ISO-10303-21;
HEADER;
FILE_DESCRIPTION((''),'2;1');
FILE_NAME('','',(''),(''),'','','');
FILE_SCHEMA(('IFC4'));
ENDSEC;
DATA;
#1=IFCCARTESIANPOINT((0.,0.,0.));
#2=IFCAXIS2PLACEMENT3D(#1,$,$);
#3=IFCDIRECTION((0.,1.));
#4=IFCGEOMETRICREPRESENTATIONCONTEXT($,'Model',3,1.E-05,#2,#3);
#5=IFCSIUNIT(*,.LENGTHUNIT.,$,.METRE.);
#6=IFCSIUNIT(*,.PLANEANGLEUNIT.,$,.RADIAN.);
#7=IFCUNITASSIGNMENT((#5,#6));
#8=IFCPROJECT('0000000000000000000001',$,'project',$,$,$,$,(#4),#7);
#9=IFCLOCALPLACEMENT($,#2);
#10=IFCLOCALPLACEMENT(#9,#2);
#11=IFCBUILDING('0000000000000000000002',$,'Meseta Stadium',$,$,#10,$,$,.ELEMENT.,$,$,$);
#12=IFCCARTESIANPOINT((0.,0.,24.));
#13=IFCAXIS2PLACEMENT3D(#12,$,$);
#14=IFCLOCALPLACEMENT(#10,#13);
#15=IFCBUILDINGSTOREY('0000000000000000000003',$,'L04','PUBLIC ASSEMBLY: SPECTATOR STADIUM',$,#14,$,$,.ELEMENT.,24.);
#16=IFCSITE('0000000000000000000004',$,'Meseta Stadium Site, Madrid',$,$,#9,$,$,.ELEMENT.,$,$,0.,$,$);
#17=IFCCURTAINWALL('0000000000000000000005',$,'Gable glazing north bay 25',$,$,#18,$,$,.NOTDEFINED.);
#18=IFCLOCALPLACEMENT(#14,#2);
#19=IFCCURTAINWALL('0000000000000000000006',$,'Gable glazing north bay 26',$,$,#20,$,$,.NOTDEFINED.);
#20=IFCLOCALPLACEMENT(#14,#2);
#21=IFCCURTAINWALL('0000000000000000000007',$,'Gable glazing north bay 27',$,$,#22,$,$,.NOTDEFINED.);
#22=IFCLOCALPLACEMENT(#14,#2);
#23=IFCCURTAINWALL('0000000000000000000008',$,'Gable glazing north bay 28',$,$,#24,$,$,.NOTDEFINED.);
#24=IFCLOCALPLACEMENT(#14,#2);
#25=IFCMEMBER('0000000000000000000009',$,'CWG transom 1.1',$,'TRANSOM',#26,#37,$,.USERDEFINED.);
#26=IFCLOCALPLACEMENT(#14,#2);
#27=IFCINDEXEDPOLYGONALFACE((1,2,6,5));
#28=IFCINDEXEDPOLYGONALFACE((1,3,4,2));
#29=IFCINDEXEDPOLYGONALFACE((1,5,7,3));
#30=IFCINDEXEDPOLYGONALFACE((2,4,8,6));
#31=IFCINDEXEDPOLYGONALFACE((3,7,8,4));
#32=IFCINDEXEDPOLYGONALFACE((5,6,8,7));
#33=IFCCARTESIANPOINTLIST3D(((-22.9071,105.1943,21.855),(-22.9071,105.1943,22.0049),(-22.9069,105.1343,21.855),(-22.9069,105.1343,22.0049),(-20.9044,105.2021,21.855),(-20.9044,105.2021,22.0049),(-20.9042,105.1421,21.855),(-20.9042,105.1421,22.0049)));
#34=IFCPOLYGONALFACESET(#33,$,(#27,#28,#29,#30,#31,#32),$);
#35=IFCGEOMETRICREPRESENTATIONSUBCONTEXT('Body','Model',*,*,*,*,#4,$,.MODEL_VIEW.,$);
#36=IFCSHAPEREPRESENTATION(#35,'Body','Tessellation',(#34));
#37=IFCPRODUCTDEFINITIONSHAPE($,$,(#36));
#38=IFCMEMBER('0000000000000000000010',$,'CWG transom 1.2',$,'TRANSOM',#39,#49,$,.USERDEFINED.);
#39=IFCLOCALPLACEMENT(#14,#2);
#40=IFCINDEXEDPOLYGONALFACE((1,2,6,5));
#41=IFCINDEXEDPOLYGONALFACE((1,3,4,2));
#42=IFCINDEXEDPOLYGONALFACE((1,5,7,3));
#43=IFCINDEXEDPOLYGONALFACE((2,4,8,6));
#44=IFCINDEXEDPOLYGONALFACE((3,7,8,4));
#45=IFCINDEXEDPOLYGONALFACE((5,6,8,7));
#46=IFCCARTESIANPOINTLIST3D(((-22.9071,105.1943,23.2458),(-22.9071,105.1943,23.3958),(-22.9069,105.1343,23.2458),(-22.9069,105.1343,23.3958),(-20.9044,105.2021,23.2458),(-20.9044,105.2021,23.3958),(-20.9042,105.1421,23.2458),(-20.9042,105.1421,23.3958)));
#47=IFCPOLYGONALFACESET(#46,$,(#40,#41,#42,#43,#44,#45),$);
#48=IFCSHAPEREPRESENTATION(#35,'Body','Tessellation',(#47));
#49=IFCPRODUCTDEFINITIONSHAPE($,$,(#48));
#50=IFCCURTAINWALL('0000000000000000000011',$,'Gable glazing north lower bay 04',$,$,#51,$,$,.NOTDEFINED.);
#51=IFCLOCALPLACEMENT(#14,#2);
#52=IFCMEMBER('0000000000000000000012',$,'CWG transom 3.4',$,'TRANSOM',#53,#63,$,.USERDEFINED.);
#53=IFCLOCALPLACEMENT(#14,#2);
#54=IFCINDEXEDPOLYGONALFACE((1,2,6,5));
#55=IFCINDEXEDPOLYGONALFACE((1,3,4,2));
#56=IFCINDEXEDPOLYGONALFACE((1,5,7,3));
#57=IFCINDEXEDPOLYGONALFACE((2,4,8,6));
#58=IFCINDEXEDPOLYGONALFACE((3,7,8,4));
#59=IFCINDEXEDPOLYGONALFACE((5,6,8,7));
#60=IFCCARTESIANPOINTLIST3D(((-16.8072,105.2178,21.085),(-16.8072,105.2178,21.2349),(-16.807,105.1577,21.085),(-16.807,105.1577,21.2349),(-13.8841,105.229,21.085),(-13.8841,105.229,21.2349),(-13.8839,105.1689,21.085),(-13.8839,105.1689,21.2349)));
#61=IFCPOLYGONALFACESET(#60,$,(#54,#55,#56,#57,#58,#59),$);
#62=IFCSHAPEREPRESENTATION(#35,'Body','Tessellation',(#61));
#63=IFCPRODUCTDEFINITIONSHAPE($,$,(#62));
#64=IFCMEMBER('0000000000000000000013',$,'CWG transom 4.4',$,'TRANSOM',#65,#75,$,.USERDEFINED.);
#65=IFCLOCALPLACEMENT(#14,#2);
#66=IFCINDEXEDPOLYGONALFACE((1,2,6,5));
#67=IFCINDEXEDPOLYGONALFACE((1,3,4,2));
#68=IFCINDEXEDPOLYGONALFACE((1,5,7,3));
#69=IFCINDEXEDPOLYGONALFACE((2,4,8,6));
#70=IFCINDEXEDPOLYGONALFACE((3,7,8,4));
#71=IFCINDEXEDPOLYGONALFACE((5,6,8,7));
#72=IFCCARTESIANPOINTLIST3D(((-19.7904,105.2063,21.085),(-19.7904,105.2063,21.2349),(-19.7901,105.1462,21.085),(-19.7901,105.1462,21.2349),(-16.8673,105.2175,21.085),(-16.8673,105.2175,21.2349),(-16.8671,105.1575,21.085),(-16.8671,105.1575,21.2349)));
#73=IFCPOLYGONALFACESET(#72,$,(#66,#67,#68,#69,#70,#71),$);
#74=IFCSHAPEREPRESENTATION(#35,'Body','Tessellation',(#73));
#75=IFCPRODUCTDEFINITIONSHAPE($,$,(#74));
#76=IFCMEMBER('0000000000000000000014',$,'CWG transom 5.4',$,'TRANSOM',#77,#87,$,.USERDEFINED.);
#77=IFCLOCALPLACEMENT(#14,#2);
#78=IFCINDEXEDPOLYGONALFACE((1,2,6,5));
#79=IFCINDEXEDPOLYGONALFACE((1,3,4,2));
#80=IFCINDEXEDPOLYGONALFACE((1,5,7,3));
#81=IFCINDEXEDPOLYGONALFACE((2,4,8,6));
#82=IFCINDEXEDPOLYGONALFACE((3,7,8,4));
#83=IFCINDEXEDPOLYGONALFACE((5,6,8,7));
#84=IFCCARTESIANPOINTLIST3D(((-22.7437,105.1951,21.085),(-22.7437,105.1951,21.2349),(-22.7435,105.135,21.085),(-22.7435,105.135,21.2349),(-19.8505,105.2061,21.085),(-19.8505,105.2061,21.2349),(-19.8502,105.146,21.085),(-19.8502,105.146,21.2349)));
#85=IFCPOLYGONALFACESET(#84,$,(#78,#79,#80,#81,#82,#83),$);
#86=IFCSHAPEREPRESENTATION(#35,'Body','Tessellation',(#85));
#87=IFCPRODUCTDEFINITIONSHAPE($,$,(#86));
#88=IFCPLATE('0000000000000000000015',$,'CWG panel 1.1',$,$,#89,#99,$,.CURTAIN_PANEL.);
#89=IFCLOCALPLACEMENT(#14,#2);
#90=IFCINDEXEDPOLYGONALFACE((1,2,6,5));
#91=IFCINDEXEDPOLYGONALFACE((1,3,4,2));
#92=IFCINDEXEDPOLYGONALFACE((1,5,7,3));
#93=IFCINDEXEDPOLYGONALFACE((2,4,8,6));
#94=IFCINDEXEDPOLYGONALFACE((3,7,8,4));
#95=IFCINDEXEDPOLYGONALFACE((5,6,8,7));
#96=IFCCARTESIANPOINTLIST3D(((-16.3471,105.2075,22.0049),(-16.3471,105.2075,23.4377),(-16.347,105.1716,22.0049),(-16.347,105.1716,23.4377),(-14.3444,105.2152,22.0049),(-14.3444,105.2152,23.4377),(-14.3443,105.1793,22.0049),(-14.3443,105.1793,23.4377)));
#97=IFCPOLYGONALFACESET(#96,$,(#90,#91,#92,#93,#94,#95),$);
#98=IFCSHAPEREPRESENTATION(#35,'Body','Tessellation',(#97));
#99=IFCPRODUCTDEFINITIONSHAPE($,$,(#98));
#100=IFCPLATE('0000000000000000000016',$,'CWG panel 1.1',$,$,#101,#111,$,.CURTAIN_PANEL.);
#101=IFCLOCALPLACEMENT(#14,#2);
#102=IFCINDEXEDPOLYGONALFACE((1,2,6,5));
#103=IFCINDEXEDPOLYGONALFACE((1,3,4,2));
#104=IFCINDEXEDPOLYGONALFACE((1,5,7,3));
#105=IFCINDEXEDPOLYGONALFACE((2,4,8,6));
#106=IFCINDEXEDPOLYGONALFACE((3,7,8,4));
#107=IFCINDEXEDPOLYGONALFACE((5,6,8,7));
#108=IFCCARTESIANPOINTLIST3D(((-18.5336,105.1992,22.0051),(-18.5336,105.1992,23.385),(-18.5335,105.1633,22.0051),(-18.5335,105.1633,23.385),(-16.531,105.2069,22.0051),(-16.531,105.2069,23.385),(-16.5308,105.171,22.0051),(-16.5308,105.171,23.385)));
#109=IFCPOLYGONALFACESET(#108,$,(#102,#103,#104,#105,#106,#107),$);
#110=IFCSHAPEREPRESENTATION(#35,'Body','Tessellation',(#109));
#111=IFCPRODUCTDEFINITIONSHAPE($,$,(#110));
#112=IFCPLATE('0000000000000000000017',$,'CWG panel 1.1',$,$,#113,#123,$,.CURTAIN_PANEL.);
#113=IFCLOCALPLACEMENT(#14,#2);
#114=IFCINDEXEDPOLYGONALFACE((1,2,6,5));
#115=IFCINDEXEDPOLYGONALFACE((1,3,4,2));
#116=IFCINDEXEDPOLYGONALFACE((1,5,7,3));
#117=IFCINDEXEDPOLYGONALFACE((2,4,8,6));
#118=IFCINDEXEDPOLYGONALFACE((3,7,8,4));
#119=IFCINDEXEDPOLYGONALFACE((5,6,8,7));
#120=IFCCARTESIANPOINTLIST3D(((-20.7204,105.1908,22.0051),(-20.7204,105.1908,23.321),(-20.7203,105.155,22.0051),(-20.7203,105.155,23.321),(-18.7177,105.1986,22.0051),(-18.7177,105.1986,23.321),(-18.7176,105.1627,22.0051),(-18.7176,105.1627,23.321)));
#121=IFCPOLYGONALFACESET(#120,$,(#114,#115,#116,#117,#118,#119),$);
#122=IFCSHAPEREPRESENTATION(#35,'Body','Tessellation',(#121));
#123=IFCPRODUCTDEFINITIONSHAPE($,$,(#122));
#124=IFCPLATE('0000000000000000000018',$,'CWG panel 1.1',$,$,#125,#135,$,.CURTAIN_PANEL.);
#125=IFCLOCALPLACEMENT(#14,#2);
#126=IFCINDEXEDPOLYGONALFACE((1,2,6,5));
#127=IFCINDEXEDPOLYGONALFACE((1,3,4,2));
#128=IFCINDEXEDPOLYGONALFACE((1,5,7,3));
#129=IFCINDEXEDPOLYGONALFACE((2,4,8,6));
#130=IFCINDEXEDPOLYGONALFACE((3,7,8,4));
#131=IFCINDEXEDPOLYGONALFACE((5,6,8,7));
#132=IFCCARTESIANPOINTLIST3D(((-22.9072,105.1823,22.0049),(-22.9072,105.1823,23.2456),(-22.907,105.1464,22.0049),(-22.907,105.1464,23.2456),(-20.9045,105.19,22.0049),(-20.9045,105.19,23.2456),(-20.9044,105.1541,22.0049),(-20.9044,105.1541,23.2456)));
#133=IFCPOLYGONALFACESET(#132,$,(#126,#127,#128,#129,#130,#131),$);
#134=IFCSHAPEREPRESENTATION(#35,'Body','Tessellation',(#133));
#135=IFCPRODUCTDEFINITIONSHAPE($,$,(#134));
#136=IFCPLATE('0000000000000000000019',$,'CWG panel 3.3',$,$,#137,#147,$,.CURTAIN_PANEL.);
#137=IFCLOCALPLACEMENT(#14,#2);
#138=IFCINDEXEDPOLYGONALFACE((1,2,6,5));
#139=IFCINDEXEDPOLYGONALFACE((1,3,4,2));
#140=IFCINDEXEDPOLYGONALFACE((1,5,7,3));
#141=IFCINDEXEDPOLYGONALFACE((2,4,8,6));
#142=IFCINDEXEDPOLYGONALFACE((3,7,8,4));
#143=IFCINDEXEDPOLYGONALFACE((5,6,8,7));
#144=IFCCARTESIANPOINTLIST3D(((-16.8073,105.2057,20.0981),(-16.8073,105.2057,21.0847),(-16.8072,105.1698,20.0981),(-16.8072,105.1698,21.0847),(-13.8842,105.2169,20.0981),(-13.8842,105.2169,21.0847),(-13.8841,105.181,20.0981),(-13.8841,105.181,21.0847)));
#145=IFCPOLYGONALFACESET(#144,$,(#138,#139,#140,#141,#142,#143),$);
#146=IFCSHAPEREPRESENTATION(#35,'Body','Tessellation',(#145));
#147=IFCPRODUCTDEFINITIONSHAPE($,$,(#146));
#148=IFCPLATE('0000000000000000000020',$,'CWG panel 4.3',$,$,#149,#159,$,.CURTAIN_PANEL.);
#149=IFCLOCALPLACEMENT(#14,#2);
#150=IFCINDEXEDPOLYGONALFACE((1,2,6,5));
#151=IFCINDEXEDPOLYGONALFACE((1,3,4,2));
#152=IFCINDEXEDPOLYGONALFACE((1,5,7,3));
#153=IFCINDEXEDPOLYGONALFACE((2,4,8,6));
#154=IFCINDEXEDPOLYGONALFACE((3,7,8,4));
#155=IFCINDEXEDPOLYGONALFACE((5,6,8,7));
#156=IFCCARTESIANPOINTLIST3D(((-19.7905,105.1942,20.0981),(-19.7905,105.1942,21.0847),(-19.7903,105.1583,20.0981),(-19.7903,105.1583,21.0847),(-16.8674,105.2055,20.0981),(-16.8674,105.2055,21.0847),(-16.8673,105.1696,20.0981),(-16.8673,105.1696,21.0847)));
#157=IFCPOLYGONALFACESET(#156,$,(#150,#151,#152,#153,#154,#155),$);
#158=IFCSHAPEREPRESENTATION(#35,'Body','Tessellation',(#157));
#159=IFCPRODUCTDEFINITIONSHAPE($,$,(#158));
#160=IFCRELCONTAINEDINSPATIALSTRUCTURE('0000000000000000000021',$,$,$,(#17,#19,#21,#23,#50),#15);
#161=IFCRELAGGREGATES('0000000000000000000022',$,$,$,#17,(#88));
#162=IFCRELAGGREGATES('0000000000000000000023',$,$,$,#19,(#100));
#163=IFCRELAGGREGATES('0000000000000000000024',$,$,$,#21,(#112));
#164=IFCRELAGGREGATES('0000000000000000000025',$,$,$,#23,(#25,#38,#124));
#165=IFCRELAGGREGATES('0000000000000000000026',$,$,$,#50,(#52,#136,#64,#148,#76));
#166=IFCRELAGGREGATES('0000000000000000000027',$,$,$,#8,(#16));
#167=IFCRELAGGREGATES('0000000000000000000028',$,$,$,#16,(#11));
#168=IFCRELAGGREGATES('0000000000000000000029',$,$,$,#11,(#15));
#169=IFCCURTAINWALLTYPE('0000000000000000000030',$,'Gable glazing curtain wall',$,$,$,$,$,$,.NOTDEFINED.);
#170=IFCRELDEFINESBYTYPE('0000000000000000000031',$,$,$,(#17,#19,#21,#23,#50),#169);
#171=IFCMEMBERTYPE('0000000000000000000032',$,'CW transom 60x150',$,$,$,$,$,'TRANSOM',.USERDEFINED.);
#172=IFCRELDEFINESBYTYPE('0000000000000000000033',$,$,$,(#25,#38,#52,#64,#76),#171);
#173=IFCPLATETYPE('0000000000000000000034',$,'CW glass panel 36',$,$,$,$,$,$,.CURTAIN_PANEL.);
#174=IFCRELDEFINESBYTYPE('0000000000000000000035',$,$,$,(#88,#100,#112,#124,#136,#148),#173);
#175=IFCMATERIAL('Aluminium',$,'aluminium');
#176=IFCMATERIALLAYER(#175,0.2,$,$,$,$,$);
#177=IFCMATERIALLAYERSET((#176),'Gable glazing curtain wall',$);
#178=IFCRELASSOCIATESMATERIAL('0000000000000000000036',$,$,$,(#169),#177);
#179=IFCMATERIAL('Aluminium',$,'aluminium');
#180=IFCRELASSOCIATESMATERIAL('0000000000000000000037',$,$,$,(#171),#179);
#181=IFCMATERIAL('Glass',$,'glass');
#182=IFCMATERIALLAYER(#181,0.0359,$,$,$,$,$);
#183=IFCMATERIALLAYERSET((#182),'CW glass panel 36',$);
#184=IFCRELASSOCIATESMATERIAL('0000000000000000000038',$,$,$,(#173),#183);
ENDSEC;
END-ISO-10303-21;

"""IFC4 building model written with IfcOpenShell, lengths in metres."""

from ifc_helpers import new_model, si_unit, direction, frame, origin, origin_2d, place, context, subcontext, project, spatial, rectangle, extrude, material, layer, layer_set, material_profile, profile_set, type_object, element, aggregate, save


model = new_model("IFC4")

# Units and contexts
model_context = context("Model", 3, precision=1e-05, world=origin(), true_north=direction((0.0, 1.0)))
body_context = subcontext(model_context, "Body", "Model", "MODEL_VIEW")
ifc_project = project(units=[si_unit("LENGTHUNIT", "METRE"), si_unit("PLANEANGLEUNIT", "RADIAN")], contexts=[model_context])

# Site, building, storey
site_placement = place(None, origin())
site = spatial("IfcSite", under=ifc_project, at=site_placement, Name="Meseta Stadium Site, Madrid", CompositionType="ELEMENT", RefElevation=0.0)
building_placement = place(site_placement, origin())
building = spatial("IfcBuilding", under=site, at=building_placement, Name="Meseta Stadium", CompositionType="ELEMENT")
storey_placement = place(building_placement, frame((0.0, 0.0, 24.0)))
storey = spatial("IfcBuildingStorey", under=building, at=storey_placement, Name="L04", Description="PUBLIC ASSEMBLY: SPECTATOR STADIUM", CompositionType="ELEMENT", Elevation=24.0)

# Shared definitions
ifc_material_1 = material(Name="Aluminium", Category="aluminium")
ifc_layer_1 = layer(ifc_material_1, 0.2)
ifc_layer_set_1 = layer_set([ifc_layer_1], Name="Gable glazing curtain wall")
curtain_wall_type = type_object("IfcCurtainWallType", Name="Gable glazing curtain wall", PredefinedType="NOTDEFINED", material=ifc_layer_set_1)

# Curtain walls
curtain_wall_1_placement = place(storey_placement, origin())
curtain_wall_1 = element("IfcCurtainWall", 1, at=curtain_wall_1_placement, inside=storey, type_object=curtain_wall_type, Name="Gable glazing north bay 25", PredefinedType="NOTDEFINED")
curtain_wall_2_placement = place(storey_placement, origin())
curtain_wall_2 = element("IfcCurtainWall", 2, at=curtain_wall_2_placement, inside=storey, type_object=curtain_wall_type, Name="Gable glazing north bay 26", PredefinedType="NOTDEFINED")
curtain_wall_3_placement = place(storey_placement, origin())
curtain_wall_3 = element("IfcCurtainWall", 3, at=curtain_wall_3_placement, inside=storey, type_object=curtain_wall_type, Name="Gable glazing north bay 27", PredefinedType="NOTDEFINED")

# Curtain wall
curtain_wall_4_placement = place(storey_placement, origin())
curtain_wall_4 = element("IfcCurtainWall", 4, at=curtain_wall_4_placement, inside=storey, type_object=curtain_wall_type, Name="Gable glazing north bay 28", PredefinedType="NOTDEFINED")

# Members
ifc_material_2 = material(Name="Aluminium", Category="aluminium")
ifc_material_profile_1 = material_profile(ifc_material_2, rectangle(XDim=0.0601, YDim=0.1499, at=origin_2d()), Name="CW 60x150")
ifc_profile_set_1 = profile_set([ifc_material_profile_1], Name="Aluminium")
member_type_1 = type_object("IfcMemberType", Name="CW transom 60x150", ElementType="TRANSOM", PredefinedType="USERDEFINED", material=ifc_profile_set_1)
member_1_placement = place(storey_placement, frame((-20.9043, 105.1721, 21.9299), z_axis=(-0.999992, -0.003901, 0.0), x_axis=(0.003901, -0.999992, 0.0)))
member_1 = element("IfcMember", 5, at=member_1_placement, type_object=member_type_1, Name="CWG transom 1.1", ObjectType="TRANSOM", PredefinedType="USERDEFINED", context=body_context, shape_type="SweptSolid", body=[
    extrude(rectangle(XDim=0.0601, YDim=0.1499, at=origin_2d()), origin(), (0.0, 0.0, 1.0), 2.0027),
])
member_2_placement = place(storey_placement, frame((-20.9043, 105.1721, 23.3208), z_axis=(-0.999992, -0.003901, 0.0), x_axis=(0.003901, -0.999992, 0.0)))
member_2 = element("IfcMember", 6, at=member_2_placement, type_object=member_type_1, Name="CWG transom 1.2", ObjectType="TRANSOM", PredefinedType="USERDEFINED", context=body_context, shape_type="SweptSolid", body=[
    extrude(rectangle(XDim=0.0601, YDim=0.1499, at=origin_2d()), origin(), (0.0, 0.0, 1.0), 2.0027),
])

# Curtain wall, members
curtain_wall_5_placement = place(storey_placement, origin())
curtain_wall_5 = element("IfcCurtainWall", 7, at=curtain_wall_5_placement, inside=storey, type_object=curtain_wall_type, Name="Gable glazing north lower bay 04", PredefinedType="NOTDEFINED")
member_3_placement = place(storey_placement, frame((-13.884, 105.199, 21.1599), z_axis=(-0.999993, -0.003842, 0.0), x_axis=(0.003842, -0.999993, 0.0)))
member_3 = element("IfcMember", 8, at=member_3_placement, type_object=member_type_1, Name="CWG transom 3.4", ObjectType="TRANSOM", PredefinedType="USERDEFINED", context=body_context, shape_type="SweptSolid", body=[
    extrude(rectangle(XDim=0.0601, YDim=0.1499, at=origin_2d()), origin(), (0.0, 0.0, 1.0), 2.9231),
])
member_4_placement = place(storey_placement, frame((-16.8672, 105.1875, 21.1599), z_axis=(-0.999993, -0.003842, 0.0), x_axis=(0.003842, -0.999993, 0.0)))
member_4 = element("IfcMember", 9, at=member_4_placement, type_object=member_type_1, Name="CWG transom 4.4", ObjectType="TRANSOM", PredefinedType="USERDEFINED", context=body_context, shape_type="SweptSolid", body=[
    extrude(rectangle(XDim=0.0601, YDim=0.1499, at=origin_2d()), origin(), (0.0, 0.0, 1.0), 2.9231),
])
member_5_placement = place(storey_placement, frame((-19.8503, 105.176, 21.1599), z_axis=(-0.999993, -0.003797, 0.0), x_axis=(0.003797, -0.999993, 0.0)))
member_5 = element("IfcMember", 10, at=member_5_placement, type_object=member_type_1, Name="CWG transom 5.4", ObjectType="TRANSOM", PredefinedType="USERDEFINED", context=body_context, shape_type="SweptSolid", body=[
    extrude(rectangle(XDim=0.0601, YDim=0.1499, at=origin_2d()), origin(), (0.0, 0.0, 1.0), 2.8933),
])

# Plates
ifc_material_3 = material(Name="Glass", Category="glass")
ifc_layer_2 = layer(ifc_material_3, 0.0359)
ifc_layer_set_2 = layer_set([ifc_layer_2], Name="CW glass panel 36")
plate_type = type_object("IfcPlateType", Name="CW glass panel 36", PredefinedType="CURTAIN_PANEL", material=ifc_layer_set_2)
plate_1_placement = place(storey_placement, frame((-15.3457, 105.1934, 22.0049), z_axis=(0.0, 0.0, 1.0), x_axis=(-0.999993, -0.003848, 0.0)))
plate_1 = element("IfcPlate", 11, at=plate_1_placement, type_object=plate_type, Name="CWG panel 1.1", PredefinedType="CURTAIN_PANEL", context=body_context, shape_type="SweptSolid", body=[
    extrude(rectangle(XDim=2.0027, YDim=0.0359, at=origin_2d()), origin(), (0.0, 0.0, 1.0), 1.4329),
])
aggregate(curtain_wall_1, [plate_1])
plate_2_placement = place(storey_placement, frame((-17.5322, 105.1851, 22.0051), z_axis=(0.0, 0.0, 1.0), x_axis=(-0.999993, -0.003848, 0.0)))
plate_2 = element("IfcPlate", 12, at=plate_2_placement, type_object=plate_type, Name="CWG panel 1.1", PredefinedType="CURTAIN_PANEL", context=body_context, shape_type="SweptSolid", body=[
    extrude(rectangle(XDim=2.0027, YDim=0.0359, at=origin_2d()), origin(), (0.0, 0.0, 1.0), 1.3799),
])
aggregate(curtain_wall_2, [plate_2])
plate_3_placement = place(storey_placement, frame((-19.719, 105.1768, 22.0051), z_axis=(0.0, 0.0, 1.0), x_axis=(-0.999993, -0.003848, 0.0)))
plate_3 = element("IfcPlate", 13, at=plate_3_placement, type_object=plate_type, Name="CWG panel 1.1", PredefinedType="CURTAIN_PANEL", context=body_context, shape_type="SweptSolid", body=[
    extrude(rectangle(XDim=2.0027, YDim=0.0359, at=origin_2d()), origin(), (0.0, 0.0, 1.0), 1.3159),
])
aggregate(curtain_wall_3, [plate_3])
plate_4_placement = place(storey_placement, frame((-21.9058, 105.1682, 22.0049), z_axis=(0.0, 0.0, 1.0), x_axis=(-0.999993, -0.003848, 0.0)))
plate_4 = element("IfcPlate", 14, at=plate_4_placement, type_object=plate_type, Name="CWG panel 1.1", PredefinedType="CURTAIN_PANEL", context=body_context, shape_type="SweptSolid", body=[
    extrude(rectangle(XDim=2.0027, YDim=0.0359, at=origin_2d()), origin(), (0.0, 0.0, 1.0), 1.2407),
])
aggregate(curtain_wall_4, [member_1, member_2, plate_4])
plate_5_placement = place(storey_placement, frame((-15.3457, 105.1934, 20.0981), z_axis=(0.0, 0.0, 1.0), x_axis=(-0.999993, -0.003848, 0.0)))
plate_5 = element("IfcPlate", 15, at=plate_5_placement, type_object=plate_type, Name="CWG panel 3.3", PredefinedType="CURTAIN_PANEL", context=body_context, shape_type="SweptSolid", body=[
    extrude(rectangle(XDim=2.9231, YDim=0.0359, at=origin_2d()), origin(), (0.0, 0.0, 1.0), 0.9866),
])
plate_6_placement = place(storey_placement, frame((-18.3289, 105.1819, 20.0981), z_axis=(0.0, 0.0, 1.0), x_axis=(-0.999993, -0.003848, 0.0)))
plate_6 = element("IfcPlate", 16, at=plate_6_placement, type_object=plate_type, Name="CWG panel 4.3", PredefinedType="CURTAIN_PANEL", context=body_context, shape_type="SweptSolid", body=[
    extrude(rectangle(XDim=2.9231, YDim=0.0359, at=origin_2d()), origin(), (0.0, 0.0, 1.0), 0.9866),
])
aggregate(curtain_wall_5, [member_3, plate_5, member_4, plate_6, member_5])

save(model, "model.ifc")
